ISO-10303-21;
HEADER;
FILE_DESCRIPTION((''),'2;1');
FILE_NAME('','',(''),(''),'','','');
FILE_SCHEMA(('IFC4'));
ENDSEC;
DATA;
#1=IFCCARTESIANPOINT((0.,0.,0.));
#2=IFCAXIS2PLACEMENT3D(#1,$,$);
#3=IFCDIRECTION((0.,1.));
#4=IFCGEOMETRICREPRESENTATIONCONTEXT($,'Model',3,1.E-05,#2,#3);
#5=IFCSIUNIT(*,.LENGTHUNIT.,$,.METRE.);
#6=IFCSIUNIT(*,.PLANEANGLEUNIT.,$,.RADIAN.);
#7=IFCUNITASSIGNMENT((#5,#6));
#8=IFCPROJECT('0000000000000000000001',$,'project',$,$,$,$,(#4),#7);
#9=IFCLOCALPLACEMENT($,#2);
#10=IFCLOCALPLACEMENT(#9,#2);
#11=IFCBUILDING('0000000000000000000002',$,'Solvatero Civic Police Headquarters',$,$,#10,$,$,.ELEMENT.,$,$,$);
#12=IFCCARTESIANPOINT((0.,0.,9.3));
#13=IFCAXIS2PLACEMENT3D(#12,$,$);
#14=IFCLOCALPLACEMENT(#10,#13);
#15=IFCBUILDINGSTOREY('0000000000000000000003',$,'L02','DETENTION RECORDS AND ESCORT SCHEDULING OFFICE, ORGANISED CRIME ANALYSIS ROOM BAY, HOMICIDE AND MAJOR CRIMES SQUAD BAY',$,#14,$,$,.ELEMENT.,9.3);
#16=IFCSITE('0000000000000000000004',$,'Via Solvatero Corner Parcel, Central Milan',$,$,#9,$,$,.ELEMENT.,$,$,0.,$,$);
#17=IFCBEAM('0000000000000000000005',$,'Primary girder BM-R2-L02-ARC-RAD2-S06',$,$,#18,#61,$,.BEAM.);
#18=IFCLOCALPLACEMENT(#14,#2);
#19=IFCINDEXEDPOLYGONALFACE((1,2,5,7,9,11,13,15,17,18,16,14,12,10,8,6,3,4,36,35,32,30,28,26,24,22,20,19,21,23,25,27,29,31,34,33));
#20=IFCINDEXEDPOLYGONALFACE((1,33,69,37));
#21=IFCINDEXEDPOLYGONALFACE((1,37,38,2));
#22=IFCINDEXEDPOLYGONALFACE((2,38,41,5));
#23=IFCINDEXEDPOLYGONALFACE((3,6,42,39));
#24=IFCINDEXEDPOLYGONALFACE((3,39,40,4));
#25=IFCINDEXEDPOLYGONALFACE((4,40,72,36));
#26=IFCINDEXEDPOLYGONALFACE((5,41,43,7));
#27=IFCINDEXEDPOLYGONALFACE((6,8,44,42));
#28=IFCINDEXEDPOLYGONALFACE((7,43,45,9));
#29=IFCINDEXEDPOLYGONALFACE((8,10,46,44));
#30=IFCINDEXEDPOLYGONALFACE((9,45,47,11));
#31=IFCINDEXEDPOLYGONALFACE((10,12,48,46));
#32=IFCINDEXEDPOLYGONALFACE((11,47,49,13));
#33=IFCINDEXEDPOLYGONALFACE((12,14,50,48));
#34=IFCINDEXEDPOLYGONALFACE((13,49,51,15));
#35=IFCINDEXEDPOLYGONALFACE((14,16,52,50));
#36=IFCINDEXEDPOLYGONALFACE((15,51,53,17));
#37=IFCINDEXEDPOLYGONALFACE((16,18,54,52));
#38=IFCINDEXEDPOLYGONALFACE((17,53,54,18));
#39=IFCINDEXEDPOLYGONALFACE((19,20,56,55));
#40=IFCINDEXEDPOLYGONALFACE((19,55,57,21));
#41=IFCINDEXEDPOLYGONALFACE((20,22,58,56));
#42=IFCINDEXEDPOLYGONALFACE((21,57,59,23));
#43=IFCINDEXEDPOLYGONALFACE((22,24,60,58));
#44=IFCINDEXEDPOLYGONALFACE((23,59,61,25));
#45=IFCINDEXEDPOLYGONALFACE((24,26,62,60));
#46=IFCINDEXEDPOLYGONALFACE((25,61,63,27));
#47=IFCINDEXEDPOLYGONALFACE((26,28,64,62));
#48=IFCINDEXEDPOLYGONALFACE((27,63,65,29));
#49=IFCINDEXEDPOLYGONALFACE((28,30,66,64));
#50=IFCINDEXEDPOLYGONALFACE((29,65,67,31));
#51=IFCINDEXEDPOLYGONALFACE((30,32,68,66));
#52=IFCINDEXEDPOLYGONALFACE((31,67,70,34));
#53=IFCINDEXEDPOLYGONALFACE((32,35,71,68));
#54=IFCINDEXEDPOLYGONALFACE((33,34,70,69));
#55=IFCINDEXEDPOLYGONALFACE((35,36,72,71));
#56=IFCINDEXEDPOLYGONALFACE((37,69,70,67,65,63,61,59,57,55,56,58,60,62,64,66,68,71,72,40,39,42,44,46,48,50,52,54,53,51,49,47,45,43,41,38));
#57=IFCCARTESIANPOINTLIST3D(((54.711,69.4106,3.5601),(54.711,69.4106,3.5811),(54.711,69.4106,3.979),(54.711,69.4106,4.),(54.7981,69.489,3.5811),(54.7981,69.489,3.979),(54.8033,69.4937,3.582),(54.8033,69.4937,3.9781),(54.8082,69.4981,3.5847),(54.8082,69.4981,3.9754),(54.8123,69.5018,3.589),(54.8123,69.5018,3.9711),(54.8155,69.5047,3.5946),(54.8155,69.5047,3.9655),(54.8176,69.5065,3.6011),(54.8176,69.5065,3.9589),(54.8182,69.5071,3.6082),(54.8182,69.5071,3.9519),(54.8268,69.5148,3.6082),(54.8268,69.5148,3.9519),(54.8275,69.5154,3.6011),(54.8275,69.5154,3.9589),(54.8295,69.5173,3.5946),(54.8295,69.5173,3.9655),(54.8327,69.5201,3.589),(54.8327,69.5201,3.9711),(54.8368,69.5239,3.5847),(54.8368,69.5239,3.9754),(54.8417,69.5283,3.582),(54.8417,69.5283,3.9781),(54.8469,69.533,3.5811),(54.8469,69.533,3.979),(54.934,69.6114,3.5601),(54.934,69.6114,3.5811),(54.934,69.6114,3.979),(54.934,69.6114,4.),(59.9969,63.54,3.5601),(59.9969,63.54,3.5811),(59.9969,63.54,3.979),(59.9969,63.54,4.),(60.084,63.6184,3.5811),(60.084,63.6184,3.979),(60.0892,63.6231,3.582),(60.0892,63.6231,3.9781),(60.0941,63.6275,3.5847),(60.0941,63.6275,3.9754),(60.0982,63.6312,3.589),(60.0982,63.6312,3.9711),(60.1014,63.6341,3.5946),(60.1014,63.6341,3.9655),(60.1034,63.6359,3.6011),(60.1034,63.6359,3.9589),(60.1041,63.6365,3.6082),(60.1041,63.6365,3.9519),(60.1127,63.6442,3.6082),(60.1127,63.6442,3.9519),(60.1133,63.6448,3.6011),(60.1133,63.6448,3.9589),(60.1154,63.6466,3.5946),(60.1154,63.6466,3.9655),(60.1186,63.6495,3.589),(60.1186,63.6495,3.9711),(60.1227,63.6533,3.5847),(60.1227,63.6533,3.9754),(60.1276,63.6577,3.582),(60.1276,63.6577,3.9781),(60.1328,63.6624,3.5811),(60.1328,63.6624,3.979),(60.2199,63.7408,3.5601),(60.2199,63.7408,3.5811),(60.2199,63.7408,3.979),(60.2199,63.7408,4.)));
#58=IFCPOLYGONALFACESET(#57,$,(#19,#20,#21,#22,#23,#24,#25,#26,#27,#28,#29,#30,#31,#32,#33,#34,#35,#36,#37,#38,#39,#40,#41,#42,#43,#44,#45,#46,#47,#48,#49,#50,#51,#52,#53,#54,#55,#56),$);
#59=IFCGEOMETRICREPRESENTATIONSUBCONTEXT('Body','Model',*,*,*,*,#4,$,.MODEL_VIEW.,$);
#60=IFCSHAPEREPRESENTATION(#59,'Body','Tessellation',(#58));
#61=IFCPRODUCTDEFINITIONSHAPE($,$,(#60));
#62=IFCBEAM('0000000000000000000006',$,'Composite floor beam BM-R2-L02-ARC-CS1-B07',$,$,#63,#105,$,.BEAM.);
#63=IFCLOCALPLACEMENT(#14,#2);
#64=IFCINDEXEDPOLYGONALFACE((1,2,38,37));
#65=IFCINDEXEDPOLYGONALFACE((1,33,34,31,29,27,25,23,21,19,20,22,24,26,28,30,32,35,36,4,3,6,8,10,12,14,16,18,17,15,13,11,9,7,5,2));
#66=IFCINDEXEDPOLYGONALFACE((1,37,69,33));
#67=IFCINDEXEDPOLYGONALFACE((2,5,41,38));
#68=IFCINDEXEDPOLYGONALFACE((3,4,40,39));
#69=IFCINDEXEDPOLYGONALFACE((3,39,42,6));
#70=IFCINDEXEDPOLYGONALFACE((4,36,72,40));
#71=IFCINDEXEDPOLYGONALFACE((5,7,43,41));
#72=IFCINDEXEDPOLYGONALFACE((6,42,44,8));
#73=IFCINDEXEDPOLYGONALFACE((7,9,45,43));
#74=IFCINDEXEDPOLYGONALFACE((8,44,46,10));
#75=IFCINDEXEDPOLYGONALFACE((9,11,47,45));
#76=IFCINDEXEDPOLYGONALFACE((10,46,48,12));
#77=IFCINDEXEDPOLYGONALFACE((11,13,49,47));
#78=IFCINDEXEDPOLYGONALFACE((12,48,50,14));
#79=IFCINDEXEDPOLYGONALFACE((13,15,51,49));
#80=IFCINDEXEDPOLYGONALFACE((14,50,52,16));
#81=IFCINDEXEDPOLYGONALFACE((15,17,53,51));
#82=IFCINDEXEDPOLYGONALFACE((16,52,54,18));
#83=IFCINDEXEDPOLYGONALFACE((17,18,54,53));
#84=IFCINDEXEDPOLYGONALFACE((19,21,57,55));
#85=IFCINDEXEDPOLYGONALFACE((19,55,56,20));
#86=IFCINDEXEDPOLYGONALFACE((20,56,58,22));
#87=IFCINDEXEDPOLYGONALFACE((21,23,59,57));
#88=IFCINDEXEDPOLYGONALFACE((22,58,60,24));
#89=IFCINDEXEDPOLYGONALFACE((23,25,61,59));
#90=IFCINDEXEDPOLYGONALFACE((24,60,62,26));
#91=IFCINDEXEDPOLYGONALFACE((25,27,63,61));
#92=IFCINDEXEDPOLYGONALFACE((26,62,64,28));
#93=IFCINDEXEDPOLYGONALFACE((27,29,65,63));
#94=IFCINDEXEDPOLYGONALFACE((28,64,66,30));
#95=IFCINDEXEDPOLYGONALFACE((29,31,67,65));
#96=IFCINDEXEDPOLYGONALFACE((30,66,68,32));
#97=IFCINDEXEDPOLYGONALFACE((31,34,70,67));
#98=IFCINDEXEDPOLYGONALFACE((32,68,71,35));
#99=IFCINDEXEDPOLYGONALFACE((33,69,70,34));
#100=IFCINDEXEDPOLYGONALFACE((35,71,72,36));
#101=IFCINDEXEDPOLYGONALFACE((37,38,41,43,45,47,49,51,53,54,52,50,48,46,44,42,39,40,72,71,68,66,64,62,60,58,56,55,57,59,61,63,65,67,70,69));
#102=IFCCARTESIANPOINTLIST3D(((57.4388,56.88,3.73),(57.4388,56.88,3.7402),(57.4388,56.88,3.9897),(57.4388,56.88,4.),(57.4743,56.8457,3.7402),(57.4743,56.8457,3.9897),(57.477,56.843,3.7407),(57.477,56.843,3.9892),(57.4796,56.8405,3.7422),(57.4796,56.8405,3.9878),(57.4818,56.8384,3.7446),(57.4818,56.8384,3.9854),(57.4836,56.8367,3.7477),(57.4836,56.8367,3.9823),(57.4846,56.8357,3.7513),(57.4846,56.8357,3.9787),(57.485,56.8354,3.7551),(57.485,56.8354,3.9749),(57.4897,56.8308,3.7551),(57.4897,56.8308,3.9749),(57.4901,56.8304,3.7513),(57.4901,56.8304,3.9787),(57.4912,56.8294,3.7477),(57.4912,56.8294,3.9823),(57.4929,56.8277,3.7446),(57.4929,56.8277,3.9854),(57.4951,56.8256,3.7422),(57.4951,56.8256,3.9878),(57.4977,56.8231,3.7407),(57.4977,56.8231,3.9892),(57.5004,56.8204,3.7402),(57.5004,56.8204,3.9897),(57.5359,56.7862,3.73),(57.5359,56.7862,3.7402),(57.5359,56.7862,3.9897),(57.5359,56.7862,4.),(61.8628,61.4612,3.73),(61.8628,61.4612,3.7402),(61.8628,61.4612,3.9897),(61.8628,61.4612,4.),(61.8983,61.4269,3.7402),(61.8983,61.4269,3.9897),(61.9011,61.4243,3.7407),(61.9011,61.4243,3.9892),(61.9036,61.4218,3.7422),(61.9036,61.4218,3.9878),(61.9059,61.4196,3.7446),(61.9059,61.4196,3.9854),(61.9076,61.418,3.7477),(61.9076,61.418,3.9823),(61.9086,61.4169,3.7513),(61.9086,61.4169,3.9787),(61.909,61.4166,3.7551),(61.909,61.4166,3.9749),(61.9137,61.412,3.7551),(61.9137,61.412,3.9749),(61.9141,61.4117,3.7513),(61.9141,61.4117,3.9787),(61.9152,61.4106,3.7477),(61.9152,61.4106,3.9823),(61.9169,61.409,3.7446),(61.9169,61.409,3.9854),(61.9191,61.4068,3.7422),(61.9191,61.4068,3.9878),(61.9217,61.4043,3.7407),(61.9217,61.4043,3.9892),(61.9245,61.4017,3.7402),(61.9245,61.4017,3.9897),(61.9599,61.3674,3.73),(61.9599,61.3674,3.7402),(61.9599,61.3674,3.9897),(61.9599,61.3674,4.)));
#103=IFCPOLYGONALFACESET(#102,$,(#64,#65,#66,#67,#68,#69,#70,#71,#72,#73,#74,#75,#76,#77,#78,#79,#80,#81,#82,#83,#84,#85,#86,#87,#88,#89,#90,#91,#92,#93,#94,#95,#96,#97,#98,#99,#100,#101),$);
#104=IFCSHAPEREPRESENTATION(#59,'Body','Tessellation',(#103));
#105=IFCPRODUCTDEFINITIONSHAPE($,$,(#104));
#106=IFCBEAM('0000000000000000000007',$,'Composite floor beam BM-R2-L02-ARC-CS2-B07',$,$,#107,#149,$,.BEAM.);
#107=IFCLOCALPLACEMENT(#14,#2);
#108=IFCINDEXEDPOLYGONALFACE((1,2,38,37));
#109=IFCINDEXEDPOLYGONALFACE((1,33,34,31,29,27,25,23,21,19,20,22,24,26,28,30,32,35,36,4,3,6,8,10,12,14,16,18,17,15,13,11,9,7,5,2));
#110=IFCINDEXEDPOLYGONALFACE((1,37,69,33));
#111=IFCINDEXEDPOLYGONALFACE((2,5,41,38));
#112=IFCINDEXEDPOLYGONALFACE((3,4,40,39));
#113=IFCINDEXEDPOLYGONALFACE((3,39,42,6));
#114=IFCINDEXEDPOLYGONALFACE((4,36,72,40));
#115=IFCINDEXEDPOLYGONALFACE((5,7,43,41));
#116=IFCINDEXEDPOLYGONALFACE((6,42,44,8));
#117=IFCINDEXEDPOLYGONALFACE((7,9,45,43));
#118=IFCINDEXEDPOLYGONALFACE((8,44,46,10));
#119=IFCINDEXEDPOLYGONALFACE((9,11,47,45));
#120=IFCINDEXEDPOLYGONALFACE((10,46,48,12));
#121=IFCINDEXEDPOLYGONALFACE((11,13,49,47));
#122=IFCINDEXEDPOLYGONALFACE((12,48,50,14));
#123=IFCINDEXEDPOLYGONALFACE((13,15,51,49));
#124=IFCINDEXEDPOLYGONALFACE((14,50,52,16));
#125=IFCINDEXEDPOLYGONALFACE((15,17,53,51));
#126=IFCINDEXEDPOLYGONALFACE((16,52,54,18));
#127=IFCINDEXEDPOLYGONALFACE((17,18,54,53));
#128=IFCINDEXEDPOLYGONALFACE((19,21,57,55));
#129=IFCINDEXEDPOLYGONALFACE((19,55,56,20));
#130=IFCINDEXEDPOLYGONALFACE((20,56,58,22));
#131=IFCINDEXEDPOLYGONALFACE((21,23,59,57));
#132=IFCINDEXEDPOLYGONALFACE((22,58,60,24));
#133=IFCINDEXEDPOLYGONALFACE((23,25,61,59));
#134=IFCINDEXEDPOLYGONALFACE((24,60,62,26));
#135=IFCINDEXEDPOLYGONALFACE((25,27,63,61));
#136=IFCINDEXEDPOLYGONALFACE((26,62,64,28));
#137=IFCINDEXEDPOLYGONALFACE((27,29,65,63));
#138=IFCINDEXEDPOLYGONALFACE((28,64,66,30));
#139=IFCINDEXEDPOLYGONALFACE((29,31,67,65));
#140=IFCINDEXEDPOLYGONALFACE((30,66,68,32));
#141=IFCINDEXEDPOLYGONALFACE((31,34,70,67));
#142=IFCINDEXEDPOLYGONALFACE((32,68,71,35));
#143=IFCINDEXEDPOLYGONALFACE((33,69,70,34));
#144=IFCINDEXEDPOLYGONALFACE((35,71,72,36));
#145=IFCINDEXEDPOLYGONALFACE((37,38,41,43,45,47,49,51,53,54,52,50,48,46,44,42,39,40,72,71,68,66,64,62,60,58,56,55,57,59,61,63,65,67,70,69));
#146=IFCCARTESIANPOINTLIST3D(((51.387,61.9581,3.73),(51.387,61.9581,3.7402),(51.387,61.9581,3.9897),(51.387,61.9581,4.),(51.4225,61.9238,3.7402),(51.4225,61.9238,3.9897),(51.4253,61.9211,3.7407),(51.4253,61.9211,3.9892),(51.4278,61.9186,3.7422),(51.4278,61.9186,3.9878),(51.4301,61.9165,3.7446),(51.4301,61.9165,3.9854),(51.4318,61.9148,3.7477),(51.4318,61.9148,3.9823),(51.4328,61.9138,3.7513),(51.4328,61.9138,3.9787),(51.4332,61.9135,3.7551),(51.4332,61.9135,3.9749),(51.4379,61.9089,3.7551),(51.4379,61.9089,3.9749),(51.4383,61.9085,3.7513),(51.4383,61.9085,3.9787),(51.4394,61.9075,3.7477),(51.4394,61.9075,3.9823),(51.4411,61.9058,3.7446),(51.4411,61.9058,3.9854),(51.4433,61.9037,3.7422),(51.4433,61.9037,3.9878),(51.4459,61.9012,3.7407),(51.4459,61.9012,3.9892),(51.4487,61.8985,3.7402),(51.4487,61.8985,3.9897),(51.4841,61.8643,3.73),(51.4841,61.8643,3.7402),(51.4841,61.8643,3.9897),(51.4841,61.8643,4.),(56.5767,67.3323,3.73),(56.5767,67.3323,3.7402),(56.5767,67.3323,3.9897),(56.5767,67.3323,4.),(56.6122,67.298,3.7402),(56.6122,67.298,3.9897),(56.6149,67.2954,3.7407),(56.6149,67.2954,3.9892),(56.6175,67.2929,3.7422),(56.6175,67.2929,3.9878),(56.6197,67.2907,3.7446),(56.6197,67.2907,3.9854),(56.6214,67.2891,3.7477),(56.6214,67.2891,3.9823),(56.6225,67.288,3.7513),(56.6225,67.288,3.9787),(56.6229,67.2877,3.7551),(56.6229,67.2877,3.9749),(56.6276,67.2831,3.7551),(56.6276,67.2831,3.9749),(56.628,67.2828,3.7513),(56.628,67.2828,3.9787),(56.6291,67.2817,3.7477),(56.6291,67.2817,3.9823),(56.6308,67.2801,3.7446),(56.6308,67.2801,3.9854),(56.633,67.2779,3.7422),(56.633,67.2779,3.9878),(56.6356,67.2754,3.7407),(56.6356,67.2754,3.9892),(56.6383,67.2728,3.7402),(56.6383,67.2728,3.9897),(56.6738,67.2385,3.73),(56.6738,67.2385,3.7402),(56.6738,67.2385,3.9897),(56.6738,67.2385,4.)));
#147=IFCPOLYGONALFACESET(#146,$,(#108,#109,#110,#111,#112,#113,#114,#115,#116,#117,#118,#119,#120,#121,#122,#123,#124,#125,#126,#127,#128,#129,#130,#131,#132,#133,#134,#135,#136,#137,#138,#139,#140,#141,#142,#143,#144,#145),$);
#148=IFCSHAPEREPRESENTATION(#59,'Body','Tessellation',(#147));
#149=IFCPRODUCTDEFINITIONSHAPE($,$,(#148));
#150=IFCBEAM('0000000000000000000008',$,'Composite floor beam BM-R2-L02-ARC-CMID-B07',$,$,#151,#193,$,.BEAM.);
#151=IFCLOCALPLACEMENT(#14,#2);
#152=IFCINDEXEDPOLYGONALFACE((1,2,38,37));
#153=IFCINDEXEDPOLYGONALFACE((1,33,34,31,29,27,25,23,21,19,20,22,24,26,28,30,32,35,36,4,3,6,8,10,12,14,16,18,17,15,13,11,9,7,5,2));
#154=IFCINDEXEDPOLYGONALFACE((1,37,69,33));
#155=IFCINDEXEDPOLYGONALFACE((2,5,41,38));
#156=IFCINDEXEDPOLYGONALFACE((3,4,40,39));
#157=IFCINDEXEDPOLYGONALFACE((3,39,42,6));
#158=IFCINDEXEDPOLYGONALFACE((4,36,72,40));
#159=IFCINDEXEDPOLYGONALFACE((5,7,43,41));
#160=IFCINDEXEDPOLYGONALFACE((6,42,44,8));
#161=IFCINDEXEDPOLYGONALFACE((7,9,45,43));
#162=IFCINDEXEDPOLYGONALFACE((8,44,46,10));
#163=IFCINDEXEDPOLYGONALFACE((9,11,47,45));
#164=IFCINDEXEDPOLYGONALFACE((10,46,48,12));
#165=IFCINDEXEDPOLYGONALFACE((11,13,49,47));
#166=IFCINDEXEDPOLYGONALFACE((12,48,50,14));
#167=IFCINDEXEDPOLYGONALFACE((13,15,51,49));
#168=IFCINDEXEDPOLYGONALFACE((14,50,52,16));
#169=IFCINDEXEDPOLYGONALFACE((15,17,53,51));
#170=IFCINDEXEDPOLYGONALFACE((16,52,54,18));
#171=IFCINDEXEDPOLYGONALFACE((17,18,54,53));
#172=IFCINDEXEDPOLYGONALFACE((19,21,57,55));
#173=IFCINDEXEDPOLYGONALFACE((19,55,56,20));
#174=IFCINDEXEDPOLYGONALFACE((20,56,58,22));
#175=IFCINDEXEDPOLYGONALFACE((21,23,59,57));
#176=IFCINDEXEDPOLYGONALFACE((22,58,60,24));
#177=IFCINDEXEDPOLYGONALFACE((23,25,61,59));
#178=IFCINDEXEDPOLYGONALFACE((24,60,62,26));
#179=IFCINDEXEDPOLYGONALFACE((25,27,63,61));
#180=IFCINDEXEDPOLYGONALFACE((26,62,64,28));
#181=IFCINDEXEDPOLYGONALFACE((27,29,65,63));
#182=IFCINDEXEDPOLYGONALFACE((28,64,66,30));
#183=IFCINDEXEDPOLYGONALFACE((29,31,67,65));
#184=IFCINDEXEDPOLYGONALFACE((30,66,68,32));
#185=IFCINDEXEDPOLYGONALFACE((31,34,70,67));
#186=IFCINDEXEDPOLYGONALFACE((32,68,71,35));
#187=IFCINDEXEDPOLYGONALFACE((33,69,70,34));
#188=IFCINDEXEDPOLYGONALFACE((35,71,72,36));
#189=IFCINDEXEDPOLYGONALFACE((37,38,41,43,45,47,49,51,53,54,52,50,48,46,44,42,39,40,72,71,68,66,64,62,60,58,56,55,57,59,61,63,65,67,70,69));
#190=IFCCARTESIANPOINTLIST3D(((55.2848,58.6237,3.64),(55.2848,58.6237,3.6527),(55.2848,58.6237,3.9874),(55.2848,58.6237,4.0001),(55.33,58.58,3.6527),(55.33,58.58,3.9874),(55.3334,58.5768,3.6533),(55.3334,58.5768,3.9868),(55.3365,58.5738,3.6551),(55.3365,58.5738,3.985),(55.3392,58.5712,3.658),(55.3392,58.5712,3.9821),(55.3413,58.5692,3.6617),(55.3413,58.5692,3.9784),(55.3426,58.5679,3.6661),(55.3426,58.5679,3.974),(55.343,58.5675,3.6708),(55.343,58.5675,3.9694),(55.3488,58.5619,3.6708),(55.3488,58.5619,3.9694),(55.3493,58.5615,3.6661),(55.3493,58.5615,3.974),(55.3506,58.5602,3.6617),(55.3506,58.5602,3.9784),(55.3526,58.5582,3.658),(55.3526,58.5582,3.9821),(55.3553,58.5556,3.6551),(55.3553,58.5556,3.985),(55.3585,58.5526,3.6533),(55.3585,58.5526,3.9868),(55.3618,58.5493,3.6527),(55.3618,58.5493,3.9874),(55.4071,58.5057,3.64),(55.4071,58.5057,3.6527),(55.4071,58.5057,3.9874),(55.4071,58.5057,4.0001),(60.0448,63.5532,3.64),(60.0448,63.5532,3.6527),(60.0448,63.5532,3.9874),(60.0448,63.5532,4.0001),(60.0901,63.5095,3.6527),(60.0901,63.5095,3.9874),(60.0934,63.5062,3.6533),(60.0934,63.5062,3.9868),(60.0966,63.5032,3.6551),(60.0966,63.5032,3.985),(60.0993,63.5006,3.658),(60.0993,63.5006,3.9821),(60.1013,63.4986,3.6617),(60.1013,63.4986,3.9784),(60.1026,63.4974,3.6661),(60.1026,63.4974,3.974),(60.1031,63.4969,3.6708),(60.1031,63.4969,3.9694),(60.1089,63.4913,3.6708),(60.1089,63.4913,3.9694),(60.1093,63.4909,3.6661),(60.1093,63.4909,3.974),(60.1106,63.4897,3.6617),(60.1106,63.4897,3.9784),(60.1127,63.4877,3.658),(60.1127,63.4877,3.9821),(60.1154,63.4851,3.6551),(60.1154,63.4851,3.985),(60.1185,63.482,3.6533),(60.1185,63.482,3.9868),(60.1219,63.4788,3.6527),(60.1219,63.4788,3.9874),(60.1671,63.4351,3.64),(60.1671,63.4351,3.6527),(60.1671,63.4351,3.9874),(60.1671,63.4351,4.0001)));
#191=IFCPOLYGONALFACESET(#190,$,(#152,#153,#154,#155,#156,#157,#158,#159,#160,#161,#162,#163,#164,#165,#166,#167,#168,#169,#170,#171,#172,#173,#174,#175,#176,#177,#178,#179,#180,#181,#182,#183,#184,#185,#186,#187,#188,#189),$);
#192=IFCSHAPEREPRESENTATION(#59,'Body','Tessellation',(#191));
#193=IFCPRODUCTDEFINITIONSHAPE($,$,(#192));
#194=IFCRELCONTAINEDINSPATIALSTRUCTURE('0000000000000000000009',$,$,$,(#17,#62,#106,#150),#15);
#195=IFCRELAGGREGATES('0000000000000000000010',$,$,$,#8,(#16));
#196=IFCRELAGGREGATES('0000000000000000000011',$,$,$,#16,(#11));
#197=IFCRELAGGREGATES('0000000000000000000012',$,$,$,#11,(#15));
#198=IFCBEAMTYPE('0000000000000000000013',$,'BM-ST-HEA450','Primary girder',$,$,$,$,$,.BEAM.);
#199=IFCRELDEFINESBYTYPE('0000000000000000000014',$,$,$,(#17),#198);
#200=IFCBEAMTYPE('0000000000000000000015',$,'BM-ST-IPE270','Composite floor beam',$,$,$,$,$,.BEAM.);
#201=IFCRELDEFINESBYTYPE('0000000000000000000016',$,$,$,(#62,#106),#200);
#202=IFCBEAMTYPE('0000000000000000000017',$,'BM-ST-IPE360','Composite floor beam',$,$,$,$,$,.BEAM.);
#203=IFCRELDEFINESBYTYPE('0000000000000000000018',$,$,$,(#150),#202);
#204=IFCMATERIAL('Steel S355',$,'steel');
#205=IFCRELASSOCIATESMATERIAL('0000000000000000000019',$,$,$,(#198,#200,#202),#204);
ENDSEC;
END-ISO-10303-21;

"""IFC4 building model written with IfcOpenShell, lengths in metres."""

from ifc_helpers import new_model, si_unit, direction, frame, origin, origin_2d, place, context, subcontext, project, spatial, i_section, extrude, material, material_profile, profile_set, type_object, element, save


model = new_model("IFC4")

# Units and contexts
model_context = context("Model", 3, precision=1e-05, world=origin(), true_north=direction((0.0, 1.0)))
body_context = subcontext(model_context, "Body", "Model", "MODEL_VIEW")
ifc_project = project(units=[si_unit("LENGTHUNIT", "METRE"), si_unit("PLANEANGLEUNIT", "RADIAN")], contexts=[model_context])

# Site, building, storey
site_placement = place(None, origin())
site = spatial("IfcSite", under=ifc_project, at=site_placement, Name="Via Solvatero Corner Parcel, Central Milan", CompositionType="ELEMENT", RefElevation=0.0)
building_placement = place(site_placement, origin())
building = spatial("IfcBuilding", under=site, at=building_placement, Name="Solvatero Civic Police Headquarters", CompositionType="ELEMENT")
storey_placement = place(building_placement, frame((0.0, 0.0, 9.3)))
storey = spatial("IfcBuildingStorey", under=building, at=storey_placement, Name="L02", Description="DETENTION RECORDS AND ESCORT SCHEDULING OFFICE, ORGANISED CRIME ANALYSIS ROOM BAY, HOMICIDE AND MAJOR CRIMES SQUAD BAY", CompositionType="ELEMENT", Elevation=9.3)

# Shared definitions
ifc_material_1 = material(Name="Steel S355", Category="steel")

# Beams
ifc_material_profile_1 = material_profile(ifc_material_1, i_section(OverallWidth=0.3, OverallDepth=0.4399, WebThickness=0.0115, FlangeThickness=0.021, FilletRadius=0.0271, at=origin_2d()), Name="HEA 450")
ifc_profile_set_1 = profile_set([ifc_material_profile_1], Name="Steel S355")
beam_type_1 = type_object("IfcBeamType", Name="BM-ST-HEA450", Description="Primary girder", PredefinedType="BEAM", material=ifc_profile_set_1)
beam_1_placement = place(storey_placement, frame((60.1084, 63.6404, 3.78), z_axis=(-0.669129, 0.743147, 0.0), x_axis=(-0.743147, -0.669129, 0.0)))
element("IfcBeam", 1, at=beam_1_placement, inside=storey, type_object=beam_type_1, Name="Primary girder BM-R2-L02-ARC-RAD2-S06", PredefinedType="BEAM", context=body_context, shape_type="SweptSolid", body=[
    extrude(i_section(OverallWidth=0.3, OverallDepth=0.4399, WebThickness=0.0115, FlangeThickness=0.021, FilletRadius=0.0271, at=origin_2d()), origin(), (0.0, 0.0, 1.0), 7.8997),
])
ifc_material_profile_2 = material_profile(ifc_material_1, i_section(OverallWidth=0.135, OverallDepth=0.27, WebThickness=0.0066, FlangeThickness=0.0103, FilletRadius=0.0149, at=origin_2d()), Name="IPE 270")
ifc_profile_set_2 = profile_set([ifc_material_profile_2], Name="Steel S355")
beam_type_2 = type_object("IfcBeamType", Name="BM-ST-IPE270", Description="Composite floor beam", PredefinedType="BEAM", material=ifc_profile_set_2)
beam_2_placement = place(storey_placement, frame((61.9114, 61.4143, 3.865), z_axis=(-0.694655, -0.719343, 0.0), x_axis=(0.719343, -0.694655, 0.0)))
element("IfcBeam", 2, at=beam_2_placement, inside=storey, type_object=beam_type_2, Name="Composite floor beam BM-R2-L02-ARC-CS1-B07", PredefinedType="BEAM", context=body_context, shape_type="SweptSolid", body=[
    extrude(i_section(OverallWidth=0.135, OverallDepth=0.27, WebThickness=0.0066, FlangeThickness=0.0103, FilletRadius=0.0149, at=origin_2d()), origin(), (0.0, 0.0, 1.0), 6.3687),
])
beam_3_placement = place(storey_placement, frame((56.6252, 67.2854, 3.865), z_axis=(-0.694646, -0.719351, 0.0), x_axis=(0.719351, -0.694646, 0.0)))
element("IfcBeam", 3, at=beam_3_placement, inside=storey, type_object=beam_type_2, Name="Composite floor beam BM-R2-L02-ARC-CS2-B07", PredefinedType="BEAM", context=body_context, shape_type="SweptSolid", body=[
    extrude(i_section(OverallWidth=0.135, OverallDepth=0.27, WebThickness=0.0066, FlangeThickness=0.0103, FilletRadius=0.0149, at=origin_2d()), origin(), (0.0, 0.0, 1.0), 7.4709),
])
ifc_material_profile_3 = material_profile(ifc_material_1, i_section(OverallWidth=0.1699, OverallDepth=0.3601, WebThickness=0.0081, FlangeThickness=0.0127, FilletRadius=0.0181, at=origin_2d()), Name="IPE 360")
ifc_profile_set_3 = profile_set([ifc_material_profile_3], Name="Steel S355")
beam_type_3 = type_object("IfcBeamType", Name="BM-ST-IPE360", Description="Composite floor beam", PredefinedType="BEAM", material=ifc_profile_set_3)
beam_4_placement = place(storey_placement, frame((60.106, 63.4941, 3.8201), z_axis=(-0.694636, -0.719362, 0.0), x_axis=(0.719362, -0.694636, 0.0)))
element("IfcBeam", 4, at=beam_4_placement, inside=storey, type_object=beam_type_3, Name="Composite floor beam BM-R2-L02-ARC-CMID-B07", PredefinedType="BEAM", context=body_context, shape_type="SweptSolid", body=[
    extrude(i_section(OverallWidth=0.1699, OverallDepth=0.3601, WebThickness=0.0081, FlangeThickness=0.0127, FilletRadius=0.0181, at=origin_2d()), origin(), (0.0, 0.0, 1.0), 6.8525),
])

save(model, "model.ifc")
